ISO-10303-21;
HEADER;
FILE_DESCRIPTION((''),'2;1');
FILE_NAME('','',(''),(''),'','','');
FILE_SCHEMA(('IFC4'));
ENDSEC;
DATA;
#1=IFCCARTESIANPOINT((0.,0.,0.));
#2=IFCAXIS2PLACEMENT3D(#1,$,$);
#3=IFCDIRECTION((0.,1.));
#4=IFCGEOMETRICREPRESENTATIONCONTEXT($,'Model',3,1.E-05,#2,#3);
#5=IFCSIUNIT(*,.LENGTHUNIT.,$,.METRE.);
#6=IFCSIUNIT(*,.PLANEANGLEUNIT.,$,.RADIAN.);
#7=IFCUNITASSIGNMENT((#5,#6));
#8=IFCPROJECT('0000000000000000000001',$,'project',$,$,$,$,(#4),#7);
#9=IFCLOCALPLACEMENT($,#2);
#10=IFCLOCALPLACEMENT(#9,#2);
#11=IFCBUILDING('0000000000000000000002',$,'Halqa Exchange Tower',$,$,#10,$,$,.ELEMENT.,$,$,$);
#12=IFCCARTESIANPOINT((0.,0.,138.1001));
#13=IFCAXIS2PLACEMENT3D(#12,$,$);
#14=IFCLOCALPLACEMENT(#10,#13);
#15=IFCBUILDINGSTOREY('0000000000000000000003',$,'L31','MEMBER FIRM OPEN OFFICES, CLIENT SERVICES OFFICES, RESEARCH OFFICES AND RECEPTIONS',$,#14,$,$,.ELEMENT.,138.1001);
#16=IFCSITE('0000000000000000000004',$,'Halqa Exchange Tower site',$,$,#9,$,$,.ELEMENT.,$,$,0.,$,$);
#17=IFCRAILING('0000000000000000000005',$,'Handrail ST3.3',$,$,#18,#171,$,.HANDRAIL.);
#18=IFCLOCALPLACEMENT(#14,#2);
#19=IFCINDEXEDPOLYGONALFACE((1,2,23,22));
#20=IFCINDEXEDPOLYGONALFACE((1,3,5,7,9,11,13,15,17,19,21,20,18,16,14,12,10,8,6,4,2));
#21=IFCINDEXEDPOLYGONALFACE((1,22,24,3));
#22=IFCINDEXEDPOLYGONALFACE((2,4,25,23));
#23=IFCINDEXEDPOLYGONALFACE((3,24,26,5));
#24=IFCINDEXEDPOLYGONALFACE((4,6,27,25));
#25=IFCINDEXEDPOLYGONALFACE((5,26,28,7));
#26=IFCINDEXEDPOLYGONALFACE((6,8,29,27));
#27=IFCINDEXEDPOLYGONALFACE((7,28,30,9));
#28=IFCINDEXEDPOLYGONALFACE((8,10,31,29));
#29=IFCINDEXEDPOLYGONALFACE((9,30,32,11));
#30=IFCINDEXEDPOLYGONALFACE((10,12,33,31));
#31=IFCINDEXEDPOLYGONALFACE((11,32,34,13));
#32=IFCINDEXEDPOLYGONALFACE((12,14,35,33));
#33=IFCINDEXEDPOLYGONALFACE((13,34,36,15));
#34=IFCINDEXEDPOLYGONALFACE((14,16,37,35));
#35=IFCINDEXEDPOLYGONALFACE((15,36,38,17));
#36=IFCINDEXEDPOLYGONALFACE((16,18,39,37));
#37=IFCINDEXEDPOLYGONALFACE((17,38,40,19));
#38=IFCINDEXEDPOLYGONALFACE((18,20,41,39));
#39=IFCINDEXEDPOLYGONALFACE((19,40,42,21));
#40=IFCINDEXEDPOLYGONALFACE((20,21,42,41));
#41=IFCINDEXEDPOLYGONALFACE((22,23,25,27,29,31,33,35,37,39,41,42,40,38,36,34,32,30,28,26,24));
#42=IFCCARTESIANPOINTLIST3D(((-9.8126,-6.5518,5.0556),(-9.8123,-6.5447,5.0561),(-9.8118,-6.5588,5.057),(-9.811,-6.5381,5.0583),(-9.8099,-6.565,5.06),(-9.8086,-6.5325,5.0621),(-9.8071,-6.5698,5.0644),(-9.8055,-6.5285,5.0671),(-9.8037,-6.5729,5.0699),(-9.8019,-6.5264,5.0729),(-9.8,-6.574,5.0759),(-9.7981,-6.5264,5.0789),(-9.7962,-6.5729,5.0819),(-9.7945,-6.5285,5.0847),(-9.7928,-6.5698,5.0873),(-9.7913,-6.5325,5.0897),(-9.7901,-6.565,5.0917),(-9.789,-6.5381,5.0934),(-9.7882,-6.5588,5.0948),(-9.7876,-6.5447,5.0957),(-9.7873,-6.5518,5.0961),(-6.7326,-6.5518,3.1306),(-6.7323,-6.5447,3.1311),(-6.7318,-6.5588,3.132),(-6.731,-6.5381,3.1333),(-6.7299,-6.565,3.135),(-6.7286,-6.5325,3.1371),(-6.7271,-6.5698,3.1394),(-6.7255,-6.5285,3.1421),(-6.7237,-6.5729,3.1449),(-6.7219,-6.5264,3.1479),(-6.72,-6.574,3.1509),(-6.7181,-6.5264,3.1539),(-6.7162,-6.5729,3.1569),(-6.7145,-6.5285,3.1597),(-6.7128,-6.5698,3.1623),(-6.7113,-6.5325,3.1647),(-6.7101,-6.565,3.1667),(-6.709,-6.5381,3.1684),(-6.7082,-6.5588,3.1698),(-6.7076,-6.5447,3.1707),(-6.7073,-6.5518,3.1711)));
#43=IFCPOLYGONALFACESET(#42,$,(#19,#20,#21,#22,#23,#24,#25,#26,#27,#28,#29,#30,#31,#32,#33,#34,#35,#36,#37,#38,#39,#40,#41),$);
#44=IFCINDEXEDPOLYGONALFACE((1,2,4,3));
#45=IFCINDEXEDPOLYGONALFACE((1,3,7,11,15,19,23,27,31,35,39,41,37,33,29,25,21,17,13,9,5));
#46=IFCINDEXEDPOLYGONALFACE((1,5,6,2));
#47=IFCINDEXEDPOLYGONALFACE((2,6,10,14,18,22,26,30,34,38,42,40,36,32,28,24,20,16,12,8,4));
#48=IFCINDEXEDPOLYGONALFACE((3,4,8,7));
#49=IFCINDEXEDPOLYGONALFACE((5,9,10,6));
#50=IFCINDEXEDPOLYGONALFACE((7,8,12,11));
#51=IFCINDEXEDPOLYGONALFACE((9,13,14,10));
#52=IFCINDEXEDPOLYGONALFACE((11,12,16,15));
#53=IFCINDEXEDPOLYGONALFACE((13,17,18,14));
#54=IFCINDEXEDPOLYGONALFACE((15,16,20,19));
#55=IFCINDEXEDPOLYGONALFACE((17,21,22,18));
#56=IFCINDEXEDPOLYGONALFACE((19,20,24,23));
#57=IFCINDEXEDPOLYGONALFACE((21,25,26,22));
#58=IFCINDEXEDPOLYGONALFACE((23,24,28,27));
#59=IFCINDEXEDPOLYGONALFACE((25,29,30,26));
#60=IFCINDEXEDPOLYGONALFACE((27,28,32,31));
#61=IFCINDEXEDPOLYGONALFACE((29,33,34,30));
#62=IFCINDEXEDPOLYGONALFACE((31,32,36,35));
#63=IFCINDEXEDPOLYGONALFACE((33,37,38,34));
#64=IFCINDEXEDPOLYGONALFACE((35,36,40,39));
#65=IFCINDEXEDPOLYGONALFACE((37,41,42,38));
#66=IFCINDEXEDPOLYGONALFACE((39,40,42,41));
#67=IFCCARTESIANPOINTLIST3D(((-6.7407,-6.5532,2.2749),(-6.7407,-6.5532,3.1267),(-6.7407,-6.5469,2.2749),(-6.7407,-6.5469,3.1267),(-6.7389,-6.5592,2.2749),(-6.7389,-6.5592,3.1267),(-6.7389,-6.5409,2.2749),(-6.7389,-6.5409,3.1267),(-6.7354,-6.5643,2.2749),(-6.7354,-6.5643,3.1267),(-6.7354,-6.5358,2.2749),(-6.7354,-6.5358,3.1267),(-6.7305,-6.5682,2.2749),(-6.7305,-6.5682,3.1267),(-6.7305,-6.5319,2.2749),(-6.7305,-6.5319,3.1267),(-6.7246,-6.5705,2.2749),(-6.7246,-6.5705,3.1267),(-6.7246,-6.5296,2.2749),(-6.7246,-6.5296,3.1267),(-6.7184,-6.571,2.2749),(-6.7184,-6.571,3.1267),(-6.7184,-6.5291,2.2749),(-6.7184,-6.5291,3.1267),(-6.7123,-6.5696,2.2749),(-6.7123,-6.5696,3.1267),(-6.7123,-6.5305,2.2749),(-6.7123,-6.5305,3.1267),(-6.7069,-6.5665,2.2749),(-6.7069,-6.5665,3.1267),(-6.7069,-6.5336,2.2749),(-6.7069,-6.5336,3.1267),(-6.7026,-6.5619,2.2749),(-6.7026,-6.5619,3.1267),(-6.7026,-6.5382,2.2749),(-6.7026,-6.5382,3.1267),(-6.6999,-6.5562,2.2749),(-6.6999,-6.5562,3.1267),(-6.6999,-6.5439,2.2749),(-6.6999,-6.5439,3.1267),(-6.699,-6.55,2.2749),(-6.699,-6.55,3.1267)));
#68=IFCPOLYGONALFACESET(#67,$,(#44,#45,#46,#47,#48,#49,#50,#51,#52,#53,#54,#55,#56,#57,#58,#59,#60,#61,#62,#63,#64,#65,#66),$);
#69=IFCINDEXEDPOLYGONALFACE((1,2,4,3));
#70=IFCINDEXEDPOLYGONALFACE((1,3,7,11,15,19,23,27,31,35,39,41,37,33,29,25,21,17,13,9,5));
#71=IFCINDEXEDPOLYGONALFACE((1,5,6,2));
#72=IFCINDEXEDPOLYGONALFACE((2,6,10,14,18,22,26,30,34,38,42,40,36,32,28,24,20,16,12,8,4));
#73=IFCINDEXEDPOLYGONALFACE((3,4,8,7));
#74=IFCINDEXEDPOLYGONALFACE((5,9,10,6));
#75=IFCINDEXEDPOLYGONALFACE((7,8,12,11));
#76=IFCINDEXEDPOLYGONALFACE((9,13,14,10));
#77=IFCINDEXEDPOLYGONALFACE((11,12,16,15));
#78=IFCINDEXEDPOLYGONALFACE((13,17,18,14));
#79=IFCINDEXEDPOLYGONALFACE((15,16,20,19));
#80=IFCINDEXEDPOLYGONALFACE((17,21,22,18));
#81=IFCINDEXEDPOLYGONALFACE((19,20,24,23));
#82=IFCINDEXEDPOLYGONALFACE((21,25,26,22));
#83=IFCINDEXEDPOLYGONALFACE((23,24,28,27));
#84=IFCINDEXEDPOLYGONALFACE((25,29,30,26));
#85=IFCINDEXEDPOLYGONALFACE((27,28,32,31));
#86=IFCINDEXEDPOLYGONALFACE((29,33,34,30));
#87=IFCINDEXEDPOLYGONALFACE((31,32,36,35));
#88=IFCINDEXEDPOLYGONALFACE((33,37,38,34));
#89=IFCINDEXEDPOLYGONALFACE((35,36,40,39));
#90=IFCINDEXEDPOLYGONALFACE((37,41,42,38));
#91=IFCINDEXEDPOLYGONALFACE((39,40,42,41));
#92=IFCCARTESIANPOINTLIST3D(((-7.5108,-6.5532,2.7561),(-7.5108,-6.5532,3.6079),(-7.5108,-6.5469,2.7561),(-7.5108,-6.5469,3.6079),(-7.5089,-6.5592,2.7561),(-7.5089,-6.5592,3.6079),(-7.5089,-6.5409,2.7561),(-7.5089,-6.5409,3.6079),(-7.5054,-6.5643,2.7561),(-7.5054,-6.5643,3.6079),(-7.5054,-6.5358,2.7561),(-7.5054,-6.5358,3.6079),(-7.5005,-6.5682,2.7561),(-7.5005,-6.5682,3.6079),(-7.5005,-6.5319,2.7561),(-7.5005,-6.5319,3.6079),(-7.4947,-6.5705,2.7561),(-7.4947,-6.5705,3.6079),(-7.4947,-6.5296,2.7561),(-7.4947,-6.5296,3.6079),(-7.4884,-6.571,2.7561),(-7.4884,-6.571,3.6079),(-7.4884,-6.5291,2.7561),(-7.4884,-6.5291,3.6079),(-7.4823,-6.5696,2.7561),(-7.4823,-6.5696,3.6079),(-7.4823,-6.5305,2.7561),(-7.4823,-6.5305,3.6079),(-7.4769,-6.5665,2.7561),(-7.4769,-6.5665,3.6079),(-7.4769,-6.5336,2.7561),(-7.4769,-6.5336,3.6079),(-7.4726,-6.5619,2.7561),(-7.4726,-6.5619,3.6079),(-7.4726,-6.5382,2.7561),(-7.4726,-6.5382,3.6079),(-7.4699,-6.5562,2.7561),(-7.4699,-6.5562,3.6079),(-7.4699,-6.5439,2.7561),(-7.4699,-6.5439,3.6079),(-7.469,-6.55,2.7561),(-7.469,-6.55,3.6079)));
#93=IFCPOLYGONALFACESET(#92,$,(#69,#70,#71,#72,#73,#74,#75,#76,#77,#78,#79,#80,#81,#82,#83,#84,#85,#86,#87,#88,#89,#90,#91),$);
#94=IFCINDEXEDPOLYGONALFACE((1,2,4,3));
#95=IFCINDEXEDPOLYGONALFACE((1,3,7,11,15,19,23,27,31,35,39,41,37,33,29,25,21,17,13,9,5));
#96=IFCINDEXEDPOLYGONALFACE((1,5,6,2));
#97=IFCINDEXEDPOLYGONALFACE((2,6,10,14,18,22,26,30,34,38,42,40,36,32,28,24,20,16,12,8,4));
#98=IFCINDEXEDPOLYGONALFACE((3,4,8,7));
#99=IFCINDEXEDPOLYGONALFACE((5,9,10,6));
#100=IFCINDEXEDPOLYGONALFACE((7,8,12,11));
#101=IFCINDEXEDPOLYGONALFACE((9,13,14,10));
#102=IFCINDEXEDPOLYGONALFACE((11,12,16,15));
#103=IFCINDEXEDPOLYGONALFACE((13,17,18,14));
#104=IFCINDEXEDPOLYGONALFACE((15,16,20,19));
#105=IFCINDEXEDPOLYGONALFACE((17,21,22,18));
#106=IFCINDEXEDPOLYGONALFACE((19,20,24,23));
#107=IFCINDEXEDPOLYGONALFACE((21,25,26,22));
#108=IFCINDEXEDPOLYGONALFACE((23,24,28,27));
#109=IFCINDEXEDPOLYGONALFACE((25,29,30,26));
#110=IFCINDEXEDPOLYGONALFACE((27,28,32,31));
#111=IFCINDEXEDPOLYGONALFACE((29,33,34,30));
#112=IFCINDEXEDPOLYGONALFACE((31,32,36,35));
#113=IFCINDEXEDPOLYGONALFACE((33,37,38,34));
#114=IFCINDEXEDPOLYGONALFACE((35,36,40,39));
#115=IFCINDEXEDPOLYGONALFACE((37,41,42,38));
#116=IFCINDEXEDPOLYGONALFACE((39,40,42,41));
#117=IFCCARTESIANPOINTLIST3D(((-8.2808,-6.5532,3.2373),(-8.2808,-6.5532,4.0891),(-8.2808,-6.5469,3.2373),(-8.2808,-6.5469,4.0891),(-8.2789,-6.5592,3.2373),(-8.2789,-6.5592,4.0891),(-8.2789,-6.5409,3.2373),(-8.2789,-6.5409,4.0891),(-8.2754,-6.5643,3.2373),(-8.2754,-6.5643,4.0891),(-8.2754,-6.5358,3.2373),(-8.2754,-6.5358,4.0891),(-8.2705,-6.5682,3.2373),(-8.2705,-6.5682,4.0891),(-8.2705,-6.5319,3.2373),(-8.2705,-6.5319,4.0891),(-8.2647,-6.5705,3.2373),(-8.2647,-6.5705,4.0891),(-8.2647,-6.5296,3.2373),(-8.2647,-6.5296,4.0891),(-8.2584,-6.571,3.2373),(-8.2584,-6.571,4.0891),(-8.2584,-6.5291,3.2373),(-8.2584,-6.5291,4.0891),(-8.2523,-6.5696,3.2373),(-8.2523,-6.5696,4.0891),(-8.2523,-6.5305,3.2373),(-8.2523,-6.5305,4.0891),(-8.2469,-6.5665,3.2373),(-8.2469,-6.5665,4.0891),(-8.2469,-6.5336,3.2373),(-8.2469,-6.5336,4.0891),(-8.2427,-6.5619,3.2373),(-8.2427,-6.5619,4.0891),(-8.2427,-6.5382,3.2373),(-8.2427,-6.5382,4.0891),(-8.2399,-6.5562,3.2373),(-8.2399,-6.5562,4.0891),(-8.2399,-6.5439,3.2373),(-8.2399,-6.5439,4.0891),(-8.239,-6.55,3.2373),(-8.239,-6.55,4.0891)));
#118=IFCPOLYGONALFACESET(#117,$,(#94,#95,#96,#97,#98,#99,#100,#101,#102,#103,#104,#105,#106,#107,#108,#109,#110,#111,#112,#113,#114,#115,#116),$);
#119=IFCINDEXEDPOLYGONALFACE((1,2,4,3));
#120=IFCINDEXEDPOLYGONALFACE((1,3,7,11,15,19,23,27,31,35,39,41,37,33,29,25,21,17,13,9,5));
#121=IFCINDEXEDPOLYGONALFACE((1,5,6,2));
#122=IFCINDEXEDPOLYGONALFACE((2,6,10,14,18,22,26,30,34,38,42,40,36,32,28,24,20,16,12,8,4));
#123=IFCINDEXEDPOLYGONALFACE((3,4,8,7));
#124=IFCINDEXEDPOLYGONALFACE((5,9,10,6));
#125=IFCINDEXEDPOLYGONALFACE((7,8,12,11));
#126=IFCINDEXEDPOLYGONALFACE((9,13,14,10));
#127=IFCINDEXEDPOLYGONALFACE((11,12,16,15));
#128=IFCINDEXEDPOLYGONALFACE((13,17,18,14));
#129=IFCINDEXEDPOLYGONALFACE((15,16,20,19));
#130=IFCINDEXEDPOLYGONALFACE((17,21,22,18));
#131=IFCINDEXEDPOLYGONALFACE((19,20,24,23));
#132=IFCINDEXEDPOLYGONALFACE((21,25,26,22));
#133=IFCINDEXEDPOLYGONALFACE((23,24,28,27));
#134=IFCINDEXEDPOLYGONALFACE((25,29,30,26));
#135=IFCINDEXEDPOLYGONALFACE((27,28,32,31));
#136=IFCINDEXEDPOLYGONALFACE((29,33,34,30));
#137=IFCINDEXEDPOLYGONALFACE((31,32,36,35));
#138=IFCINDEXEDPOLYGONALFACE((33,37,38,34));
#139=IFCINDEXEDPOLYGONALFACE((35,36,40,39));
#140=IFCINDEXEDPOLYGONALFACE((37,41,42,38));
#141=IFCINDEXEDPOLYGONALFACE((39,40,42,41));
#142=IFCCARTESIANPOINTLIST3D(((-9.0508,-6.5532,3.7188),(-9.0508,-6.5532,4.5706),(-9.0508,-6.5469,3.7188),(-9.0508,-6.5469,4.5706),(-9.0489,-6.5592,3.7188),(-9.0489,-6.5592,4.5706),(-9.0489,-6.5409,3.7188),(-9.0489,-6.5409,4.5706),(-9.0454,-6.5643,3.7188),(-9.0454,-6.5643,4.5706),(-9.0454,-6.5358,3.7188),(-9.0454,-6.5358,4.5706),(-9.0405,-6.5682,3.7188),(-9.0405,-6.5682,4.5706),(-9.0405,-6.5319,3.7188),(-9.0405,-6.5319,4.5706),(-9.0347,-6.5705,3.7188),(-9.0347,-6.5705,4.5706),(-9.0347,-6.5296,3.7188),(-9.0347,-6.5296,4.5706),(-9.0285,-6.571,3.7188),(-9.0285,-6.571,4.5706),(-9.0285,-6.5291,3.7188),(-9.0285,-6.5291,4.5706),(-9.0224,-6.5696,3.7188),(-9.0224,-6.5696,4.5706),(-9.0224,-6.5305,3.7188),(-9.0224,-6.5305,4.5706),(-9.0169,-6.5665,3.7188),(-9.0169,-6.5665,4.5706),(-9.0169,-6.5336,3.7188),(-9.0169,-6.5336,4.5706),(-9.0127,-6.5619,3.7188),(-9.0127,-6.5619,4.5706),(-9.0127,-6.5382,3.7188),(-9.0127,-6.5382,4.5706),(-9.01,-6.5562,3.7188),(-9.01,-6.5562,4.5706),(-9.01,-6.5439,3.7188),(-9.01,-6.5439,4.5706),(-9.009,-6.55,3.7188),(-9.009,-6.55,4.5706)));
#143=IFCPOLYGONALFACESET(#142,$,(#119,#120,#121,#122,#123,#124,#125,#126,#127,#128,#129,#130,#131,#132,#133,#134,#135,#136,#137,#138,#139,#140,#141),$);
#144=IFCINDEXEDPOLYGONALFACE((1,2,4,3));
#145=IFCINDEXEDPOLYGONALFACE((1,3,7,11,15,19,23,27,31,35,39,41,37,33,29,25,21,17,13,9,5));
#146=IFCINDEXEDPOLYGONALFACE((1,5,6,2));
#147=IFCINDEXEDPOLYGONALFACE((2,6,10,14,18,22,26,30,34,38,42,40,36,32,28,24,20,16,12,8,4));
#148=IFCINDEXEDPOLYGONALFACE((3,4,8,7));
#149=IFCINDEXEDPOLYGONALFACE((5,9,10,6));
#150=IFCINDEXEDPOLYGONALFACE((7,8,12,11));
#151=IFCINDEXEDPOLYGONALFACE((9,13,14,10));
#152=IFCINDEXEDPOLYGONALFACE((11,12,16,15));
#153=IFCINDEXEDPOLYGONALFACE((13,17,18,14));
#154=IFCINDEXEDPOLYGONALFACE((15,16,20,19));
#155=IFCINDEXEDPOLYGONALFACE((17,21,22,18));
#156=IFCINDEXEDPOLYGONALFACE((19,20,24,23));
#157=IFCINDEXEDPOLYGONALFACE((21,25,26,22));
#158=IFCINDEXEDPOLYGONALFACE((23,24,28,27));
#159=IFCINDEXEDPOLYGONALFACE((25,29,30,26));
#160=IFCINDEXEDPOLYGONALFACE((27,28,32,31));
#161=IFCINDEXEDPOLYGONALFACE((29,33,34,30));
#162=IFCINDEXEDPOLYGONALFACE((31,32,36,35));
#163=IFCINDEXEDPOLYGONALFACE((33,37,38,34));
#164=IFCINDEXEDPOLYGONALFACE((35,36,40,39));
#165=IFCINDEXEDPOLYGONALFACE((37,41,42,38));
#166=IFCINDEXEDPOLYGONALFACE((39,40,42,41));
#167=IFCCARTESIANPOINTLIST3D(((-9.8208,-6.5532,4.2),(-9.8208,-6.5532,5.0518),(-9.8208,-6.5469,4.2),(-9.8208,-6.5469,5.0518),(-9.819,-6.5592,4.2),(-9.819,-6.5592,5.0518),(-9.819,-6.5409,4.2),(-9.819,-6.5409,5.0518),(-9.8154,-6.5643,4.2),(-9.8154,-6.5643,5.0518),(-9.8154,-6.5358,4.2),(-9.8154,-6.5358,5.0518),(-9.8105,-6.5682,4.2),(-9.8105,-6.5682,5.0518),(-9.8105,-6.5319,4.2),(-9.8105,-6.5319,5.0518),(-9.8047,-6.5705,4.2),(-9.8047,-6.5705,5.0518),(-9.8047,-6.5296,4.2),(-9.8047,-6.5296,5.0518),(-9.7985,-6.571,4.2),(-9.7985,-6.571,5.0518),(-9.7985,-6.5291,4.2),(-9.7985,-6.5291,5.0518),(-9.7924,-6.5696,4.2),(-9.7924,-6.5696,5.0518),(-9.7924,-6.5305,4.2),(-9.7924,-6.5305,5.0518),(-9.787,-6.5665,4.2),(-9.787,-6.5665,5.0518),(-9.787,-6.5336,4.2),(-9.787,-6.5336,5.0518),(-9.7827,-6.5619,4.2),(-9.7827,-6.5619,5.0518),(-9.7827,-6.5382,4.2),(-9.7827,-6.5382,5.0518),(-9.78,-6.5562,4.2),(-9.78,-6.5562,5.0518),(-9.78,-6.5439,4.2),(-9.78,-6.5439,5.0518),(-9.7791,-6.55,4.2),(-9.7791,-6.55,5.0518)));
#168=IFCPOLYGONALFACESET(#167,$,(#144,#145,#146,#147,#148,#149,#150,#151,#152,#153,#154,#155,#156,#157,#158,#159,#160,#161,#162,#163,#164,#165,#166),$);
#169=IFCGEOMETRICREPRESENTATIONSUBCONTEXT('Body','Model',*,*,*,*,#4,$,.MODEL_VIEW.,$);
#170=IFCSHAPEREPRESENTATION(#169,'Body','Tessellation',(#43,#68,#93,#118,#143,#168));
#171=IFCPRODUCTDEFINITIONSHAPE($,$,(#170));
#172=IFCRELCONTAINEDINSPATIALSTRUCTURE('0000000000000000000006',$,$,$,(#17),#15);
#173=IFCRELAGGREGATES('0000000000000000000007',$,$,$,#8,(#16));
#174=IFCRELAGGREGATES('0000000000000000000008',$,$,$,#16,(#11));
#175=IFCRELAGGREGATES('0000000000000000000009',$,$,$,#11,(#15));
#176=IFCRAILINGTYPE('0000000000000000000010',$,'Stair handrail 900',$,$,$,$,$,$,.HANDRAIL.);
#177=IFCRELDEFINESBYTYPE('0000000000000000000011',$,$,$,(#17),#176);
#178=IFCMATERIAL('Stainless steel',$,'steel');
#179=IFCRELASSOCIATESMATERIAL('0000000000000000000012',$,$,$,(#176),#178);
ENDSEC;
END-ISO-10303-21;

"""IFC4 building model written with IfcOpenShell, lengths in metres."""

from ifc_helpers import new_model, si_unit, direction, frame, origin, origin_2d, place, context, subcontext, project, spatial, circle, extrude, material, type_object, element, save


model = new_model("IFC4")

# Units and contexts
model_context = context("Model", 3, precision=1e-05, world=origin(), true_north=direction((0.0, 1.0)))
body_context = subcontext(model_context, "Body", "Model", "MODEL_VIEW")
ifc_project = project(units=[si_unit("LENGTHUNIT", "METRE"), si_unit("PLANEANGLEUNIT", "RADIAN")], contexts=[model_context])

# Site, building, storey
site_placement = place(None, origin())
site = spatial("IfcSite", under=ifc_project, at=site_placement, Name="Halqa Exchange Tower site", CompositionType="ELEMENT", RefElevation=0.0)
building_placement = place(site_placement, origin())
building = spatial("IfcBuilding", under=site, at=building_placement, Name="Halqa Exchange Tower", CompositionType="ELEMENT")
storey_placement = place(building_placement, frame((0.0, 0.0, 138.1001)))
storey = spatial("IfcBuildingStorey", under=building, at=storey_placement, Name="L31", Description="MEMBER FIRM OPEN OFFICES, CLIENT SERVICES OFFICES, RESEARCH OFFICES AND RECEPTIONS", CompositionType="ELEMENT", Elevation=138.1001)

# Shared definitions
ifc_material_1 = material(Name="Stainless steel", Category="steel")

# Railing
railing_type_1 = type_object("IfcRailingType", Name="Stair handrail 900", PredefinedType="HANDRAIL", material=ifc_material_1)
railing_1_placement = place(storey_placement, frame((-6.72, -6.55, 2.2749)))
element("IfcRailing", 1, at=railing_1_placement, inside=storey, type_object=railing_type_1, Name="Handrail ST3.3", PredefinedType="HANDRAIL", context=body_context, shape_type="SweptSolid", body=[
    extrude(circle(Radius=0.0239, at=origin_2d()), frame((0.0, 0.0, 0.876), z_axis=(-0.847998, 0.0, 0.529999), x_axis=(0.0, -1.0, 0.0)), (0.0, 0.0, 1.0), 3.6321),
    extrude(circle(Radius=0.021, at=origin_2d()), origin(), (0.0, 0.0, 1.0), 0.8518),
    extrude(circle(Radius=0.021, at=origin_2d()), frame((-0.77, 0.0, 0.4812)), (0.0, 0.0, 1.0), 0.8518),
    extrude(circle(Radius=0.021, at=origin_2d()), frame((-1.54, 0.0, 0.9624)), (0.0, 0.0, 1.0), 0.8518),
    extrude(circle(Radius=0.021, at=origin_2d()), frame((-2.3101, 0.0, 1.4438)), (0.0, 0.0, 1.0), 0.8518),
    extrude(circle(Radius=0.021, at=origin_2d()), frame((-3.0801, 0.0, 1.925)), (0.0, 0.0, 1.0), 0.8518),
])

save(model, "model.ifc")
